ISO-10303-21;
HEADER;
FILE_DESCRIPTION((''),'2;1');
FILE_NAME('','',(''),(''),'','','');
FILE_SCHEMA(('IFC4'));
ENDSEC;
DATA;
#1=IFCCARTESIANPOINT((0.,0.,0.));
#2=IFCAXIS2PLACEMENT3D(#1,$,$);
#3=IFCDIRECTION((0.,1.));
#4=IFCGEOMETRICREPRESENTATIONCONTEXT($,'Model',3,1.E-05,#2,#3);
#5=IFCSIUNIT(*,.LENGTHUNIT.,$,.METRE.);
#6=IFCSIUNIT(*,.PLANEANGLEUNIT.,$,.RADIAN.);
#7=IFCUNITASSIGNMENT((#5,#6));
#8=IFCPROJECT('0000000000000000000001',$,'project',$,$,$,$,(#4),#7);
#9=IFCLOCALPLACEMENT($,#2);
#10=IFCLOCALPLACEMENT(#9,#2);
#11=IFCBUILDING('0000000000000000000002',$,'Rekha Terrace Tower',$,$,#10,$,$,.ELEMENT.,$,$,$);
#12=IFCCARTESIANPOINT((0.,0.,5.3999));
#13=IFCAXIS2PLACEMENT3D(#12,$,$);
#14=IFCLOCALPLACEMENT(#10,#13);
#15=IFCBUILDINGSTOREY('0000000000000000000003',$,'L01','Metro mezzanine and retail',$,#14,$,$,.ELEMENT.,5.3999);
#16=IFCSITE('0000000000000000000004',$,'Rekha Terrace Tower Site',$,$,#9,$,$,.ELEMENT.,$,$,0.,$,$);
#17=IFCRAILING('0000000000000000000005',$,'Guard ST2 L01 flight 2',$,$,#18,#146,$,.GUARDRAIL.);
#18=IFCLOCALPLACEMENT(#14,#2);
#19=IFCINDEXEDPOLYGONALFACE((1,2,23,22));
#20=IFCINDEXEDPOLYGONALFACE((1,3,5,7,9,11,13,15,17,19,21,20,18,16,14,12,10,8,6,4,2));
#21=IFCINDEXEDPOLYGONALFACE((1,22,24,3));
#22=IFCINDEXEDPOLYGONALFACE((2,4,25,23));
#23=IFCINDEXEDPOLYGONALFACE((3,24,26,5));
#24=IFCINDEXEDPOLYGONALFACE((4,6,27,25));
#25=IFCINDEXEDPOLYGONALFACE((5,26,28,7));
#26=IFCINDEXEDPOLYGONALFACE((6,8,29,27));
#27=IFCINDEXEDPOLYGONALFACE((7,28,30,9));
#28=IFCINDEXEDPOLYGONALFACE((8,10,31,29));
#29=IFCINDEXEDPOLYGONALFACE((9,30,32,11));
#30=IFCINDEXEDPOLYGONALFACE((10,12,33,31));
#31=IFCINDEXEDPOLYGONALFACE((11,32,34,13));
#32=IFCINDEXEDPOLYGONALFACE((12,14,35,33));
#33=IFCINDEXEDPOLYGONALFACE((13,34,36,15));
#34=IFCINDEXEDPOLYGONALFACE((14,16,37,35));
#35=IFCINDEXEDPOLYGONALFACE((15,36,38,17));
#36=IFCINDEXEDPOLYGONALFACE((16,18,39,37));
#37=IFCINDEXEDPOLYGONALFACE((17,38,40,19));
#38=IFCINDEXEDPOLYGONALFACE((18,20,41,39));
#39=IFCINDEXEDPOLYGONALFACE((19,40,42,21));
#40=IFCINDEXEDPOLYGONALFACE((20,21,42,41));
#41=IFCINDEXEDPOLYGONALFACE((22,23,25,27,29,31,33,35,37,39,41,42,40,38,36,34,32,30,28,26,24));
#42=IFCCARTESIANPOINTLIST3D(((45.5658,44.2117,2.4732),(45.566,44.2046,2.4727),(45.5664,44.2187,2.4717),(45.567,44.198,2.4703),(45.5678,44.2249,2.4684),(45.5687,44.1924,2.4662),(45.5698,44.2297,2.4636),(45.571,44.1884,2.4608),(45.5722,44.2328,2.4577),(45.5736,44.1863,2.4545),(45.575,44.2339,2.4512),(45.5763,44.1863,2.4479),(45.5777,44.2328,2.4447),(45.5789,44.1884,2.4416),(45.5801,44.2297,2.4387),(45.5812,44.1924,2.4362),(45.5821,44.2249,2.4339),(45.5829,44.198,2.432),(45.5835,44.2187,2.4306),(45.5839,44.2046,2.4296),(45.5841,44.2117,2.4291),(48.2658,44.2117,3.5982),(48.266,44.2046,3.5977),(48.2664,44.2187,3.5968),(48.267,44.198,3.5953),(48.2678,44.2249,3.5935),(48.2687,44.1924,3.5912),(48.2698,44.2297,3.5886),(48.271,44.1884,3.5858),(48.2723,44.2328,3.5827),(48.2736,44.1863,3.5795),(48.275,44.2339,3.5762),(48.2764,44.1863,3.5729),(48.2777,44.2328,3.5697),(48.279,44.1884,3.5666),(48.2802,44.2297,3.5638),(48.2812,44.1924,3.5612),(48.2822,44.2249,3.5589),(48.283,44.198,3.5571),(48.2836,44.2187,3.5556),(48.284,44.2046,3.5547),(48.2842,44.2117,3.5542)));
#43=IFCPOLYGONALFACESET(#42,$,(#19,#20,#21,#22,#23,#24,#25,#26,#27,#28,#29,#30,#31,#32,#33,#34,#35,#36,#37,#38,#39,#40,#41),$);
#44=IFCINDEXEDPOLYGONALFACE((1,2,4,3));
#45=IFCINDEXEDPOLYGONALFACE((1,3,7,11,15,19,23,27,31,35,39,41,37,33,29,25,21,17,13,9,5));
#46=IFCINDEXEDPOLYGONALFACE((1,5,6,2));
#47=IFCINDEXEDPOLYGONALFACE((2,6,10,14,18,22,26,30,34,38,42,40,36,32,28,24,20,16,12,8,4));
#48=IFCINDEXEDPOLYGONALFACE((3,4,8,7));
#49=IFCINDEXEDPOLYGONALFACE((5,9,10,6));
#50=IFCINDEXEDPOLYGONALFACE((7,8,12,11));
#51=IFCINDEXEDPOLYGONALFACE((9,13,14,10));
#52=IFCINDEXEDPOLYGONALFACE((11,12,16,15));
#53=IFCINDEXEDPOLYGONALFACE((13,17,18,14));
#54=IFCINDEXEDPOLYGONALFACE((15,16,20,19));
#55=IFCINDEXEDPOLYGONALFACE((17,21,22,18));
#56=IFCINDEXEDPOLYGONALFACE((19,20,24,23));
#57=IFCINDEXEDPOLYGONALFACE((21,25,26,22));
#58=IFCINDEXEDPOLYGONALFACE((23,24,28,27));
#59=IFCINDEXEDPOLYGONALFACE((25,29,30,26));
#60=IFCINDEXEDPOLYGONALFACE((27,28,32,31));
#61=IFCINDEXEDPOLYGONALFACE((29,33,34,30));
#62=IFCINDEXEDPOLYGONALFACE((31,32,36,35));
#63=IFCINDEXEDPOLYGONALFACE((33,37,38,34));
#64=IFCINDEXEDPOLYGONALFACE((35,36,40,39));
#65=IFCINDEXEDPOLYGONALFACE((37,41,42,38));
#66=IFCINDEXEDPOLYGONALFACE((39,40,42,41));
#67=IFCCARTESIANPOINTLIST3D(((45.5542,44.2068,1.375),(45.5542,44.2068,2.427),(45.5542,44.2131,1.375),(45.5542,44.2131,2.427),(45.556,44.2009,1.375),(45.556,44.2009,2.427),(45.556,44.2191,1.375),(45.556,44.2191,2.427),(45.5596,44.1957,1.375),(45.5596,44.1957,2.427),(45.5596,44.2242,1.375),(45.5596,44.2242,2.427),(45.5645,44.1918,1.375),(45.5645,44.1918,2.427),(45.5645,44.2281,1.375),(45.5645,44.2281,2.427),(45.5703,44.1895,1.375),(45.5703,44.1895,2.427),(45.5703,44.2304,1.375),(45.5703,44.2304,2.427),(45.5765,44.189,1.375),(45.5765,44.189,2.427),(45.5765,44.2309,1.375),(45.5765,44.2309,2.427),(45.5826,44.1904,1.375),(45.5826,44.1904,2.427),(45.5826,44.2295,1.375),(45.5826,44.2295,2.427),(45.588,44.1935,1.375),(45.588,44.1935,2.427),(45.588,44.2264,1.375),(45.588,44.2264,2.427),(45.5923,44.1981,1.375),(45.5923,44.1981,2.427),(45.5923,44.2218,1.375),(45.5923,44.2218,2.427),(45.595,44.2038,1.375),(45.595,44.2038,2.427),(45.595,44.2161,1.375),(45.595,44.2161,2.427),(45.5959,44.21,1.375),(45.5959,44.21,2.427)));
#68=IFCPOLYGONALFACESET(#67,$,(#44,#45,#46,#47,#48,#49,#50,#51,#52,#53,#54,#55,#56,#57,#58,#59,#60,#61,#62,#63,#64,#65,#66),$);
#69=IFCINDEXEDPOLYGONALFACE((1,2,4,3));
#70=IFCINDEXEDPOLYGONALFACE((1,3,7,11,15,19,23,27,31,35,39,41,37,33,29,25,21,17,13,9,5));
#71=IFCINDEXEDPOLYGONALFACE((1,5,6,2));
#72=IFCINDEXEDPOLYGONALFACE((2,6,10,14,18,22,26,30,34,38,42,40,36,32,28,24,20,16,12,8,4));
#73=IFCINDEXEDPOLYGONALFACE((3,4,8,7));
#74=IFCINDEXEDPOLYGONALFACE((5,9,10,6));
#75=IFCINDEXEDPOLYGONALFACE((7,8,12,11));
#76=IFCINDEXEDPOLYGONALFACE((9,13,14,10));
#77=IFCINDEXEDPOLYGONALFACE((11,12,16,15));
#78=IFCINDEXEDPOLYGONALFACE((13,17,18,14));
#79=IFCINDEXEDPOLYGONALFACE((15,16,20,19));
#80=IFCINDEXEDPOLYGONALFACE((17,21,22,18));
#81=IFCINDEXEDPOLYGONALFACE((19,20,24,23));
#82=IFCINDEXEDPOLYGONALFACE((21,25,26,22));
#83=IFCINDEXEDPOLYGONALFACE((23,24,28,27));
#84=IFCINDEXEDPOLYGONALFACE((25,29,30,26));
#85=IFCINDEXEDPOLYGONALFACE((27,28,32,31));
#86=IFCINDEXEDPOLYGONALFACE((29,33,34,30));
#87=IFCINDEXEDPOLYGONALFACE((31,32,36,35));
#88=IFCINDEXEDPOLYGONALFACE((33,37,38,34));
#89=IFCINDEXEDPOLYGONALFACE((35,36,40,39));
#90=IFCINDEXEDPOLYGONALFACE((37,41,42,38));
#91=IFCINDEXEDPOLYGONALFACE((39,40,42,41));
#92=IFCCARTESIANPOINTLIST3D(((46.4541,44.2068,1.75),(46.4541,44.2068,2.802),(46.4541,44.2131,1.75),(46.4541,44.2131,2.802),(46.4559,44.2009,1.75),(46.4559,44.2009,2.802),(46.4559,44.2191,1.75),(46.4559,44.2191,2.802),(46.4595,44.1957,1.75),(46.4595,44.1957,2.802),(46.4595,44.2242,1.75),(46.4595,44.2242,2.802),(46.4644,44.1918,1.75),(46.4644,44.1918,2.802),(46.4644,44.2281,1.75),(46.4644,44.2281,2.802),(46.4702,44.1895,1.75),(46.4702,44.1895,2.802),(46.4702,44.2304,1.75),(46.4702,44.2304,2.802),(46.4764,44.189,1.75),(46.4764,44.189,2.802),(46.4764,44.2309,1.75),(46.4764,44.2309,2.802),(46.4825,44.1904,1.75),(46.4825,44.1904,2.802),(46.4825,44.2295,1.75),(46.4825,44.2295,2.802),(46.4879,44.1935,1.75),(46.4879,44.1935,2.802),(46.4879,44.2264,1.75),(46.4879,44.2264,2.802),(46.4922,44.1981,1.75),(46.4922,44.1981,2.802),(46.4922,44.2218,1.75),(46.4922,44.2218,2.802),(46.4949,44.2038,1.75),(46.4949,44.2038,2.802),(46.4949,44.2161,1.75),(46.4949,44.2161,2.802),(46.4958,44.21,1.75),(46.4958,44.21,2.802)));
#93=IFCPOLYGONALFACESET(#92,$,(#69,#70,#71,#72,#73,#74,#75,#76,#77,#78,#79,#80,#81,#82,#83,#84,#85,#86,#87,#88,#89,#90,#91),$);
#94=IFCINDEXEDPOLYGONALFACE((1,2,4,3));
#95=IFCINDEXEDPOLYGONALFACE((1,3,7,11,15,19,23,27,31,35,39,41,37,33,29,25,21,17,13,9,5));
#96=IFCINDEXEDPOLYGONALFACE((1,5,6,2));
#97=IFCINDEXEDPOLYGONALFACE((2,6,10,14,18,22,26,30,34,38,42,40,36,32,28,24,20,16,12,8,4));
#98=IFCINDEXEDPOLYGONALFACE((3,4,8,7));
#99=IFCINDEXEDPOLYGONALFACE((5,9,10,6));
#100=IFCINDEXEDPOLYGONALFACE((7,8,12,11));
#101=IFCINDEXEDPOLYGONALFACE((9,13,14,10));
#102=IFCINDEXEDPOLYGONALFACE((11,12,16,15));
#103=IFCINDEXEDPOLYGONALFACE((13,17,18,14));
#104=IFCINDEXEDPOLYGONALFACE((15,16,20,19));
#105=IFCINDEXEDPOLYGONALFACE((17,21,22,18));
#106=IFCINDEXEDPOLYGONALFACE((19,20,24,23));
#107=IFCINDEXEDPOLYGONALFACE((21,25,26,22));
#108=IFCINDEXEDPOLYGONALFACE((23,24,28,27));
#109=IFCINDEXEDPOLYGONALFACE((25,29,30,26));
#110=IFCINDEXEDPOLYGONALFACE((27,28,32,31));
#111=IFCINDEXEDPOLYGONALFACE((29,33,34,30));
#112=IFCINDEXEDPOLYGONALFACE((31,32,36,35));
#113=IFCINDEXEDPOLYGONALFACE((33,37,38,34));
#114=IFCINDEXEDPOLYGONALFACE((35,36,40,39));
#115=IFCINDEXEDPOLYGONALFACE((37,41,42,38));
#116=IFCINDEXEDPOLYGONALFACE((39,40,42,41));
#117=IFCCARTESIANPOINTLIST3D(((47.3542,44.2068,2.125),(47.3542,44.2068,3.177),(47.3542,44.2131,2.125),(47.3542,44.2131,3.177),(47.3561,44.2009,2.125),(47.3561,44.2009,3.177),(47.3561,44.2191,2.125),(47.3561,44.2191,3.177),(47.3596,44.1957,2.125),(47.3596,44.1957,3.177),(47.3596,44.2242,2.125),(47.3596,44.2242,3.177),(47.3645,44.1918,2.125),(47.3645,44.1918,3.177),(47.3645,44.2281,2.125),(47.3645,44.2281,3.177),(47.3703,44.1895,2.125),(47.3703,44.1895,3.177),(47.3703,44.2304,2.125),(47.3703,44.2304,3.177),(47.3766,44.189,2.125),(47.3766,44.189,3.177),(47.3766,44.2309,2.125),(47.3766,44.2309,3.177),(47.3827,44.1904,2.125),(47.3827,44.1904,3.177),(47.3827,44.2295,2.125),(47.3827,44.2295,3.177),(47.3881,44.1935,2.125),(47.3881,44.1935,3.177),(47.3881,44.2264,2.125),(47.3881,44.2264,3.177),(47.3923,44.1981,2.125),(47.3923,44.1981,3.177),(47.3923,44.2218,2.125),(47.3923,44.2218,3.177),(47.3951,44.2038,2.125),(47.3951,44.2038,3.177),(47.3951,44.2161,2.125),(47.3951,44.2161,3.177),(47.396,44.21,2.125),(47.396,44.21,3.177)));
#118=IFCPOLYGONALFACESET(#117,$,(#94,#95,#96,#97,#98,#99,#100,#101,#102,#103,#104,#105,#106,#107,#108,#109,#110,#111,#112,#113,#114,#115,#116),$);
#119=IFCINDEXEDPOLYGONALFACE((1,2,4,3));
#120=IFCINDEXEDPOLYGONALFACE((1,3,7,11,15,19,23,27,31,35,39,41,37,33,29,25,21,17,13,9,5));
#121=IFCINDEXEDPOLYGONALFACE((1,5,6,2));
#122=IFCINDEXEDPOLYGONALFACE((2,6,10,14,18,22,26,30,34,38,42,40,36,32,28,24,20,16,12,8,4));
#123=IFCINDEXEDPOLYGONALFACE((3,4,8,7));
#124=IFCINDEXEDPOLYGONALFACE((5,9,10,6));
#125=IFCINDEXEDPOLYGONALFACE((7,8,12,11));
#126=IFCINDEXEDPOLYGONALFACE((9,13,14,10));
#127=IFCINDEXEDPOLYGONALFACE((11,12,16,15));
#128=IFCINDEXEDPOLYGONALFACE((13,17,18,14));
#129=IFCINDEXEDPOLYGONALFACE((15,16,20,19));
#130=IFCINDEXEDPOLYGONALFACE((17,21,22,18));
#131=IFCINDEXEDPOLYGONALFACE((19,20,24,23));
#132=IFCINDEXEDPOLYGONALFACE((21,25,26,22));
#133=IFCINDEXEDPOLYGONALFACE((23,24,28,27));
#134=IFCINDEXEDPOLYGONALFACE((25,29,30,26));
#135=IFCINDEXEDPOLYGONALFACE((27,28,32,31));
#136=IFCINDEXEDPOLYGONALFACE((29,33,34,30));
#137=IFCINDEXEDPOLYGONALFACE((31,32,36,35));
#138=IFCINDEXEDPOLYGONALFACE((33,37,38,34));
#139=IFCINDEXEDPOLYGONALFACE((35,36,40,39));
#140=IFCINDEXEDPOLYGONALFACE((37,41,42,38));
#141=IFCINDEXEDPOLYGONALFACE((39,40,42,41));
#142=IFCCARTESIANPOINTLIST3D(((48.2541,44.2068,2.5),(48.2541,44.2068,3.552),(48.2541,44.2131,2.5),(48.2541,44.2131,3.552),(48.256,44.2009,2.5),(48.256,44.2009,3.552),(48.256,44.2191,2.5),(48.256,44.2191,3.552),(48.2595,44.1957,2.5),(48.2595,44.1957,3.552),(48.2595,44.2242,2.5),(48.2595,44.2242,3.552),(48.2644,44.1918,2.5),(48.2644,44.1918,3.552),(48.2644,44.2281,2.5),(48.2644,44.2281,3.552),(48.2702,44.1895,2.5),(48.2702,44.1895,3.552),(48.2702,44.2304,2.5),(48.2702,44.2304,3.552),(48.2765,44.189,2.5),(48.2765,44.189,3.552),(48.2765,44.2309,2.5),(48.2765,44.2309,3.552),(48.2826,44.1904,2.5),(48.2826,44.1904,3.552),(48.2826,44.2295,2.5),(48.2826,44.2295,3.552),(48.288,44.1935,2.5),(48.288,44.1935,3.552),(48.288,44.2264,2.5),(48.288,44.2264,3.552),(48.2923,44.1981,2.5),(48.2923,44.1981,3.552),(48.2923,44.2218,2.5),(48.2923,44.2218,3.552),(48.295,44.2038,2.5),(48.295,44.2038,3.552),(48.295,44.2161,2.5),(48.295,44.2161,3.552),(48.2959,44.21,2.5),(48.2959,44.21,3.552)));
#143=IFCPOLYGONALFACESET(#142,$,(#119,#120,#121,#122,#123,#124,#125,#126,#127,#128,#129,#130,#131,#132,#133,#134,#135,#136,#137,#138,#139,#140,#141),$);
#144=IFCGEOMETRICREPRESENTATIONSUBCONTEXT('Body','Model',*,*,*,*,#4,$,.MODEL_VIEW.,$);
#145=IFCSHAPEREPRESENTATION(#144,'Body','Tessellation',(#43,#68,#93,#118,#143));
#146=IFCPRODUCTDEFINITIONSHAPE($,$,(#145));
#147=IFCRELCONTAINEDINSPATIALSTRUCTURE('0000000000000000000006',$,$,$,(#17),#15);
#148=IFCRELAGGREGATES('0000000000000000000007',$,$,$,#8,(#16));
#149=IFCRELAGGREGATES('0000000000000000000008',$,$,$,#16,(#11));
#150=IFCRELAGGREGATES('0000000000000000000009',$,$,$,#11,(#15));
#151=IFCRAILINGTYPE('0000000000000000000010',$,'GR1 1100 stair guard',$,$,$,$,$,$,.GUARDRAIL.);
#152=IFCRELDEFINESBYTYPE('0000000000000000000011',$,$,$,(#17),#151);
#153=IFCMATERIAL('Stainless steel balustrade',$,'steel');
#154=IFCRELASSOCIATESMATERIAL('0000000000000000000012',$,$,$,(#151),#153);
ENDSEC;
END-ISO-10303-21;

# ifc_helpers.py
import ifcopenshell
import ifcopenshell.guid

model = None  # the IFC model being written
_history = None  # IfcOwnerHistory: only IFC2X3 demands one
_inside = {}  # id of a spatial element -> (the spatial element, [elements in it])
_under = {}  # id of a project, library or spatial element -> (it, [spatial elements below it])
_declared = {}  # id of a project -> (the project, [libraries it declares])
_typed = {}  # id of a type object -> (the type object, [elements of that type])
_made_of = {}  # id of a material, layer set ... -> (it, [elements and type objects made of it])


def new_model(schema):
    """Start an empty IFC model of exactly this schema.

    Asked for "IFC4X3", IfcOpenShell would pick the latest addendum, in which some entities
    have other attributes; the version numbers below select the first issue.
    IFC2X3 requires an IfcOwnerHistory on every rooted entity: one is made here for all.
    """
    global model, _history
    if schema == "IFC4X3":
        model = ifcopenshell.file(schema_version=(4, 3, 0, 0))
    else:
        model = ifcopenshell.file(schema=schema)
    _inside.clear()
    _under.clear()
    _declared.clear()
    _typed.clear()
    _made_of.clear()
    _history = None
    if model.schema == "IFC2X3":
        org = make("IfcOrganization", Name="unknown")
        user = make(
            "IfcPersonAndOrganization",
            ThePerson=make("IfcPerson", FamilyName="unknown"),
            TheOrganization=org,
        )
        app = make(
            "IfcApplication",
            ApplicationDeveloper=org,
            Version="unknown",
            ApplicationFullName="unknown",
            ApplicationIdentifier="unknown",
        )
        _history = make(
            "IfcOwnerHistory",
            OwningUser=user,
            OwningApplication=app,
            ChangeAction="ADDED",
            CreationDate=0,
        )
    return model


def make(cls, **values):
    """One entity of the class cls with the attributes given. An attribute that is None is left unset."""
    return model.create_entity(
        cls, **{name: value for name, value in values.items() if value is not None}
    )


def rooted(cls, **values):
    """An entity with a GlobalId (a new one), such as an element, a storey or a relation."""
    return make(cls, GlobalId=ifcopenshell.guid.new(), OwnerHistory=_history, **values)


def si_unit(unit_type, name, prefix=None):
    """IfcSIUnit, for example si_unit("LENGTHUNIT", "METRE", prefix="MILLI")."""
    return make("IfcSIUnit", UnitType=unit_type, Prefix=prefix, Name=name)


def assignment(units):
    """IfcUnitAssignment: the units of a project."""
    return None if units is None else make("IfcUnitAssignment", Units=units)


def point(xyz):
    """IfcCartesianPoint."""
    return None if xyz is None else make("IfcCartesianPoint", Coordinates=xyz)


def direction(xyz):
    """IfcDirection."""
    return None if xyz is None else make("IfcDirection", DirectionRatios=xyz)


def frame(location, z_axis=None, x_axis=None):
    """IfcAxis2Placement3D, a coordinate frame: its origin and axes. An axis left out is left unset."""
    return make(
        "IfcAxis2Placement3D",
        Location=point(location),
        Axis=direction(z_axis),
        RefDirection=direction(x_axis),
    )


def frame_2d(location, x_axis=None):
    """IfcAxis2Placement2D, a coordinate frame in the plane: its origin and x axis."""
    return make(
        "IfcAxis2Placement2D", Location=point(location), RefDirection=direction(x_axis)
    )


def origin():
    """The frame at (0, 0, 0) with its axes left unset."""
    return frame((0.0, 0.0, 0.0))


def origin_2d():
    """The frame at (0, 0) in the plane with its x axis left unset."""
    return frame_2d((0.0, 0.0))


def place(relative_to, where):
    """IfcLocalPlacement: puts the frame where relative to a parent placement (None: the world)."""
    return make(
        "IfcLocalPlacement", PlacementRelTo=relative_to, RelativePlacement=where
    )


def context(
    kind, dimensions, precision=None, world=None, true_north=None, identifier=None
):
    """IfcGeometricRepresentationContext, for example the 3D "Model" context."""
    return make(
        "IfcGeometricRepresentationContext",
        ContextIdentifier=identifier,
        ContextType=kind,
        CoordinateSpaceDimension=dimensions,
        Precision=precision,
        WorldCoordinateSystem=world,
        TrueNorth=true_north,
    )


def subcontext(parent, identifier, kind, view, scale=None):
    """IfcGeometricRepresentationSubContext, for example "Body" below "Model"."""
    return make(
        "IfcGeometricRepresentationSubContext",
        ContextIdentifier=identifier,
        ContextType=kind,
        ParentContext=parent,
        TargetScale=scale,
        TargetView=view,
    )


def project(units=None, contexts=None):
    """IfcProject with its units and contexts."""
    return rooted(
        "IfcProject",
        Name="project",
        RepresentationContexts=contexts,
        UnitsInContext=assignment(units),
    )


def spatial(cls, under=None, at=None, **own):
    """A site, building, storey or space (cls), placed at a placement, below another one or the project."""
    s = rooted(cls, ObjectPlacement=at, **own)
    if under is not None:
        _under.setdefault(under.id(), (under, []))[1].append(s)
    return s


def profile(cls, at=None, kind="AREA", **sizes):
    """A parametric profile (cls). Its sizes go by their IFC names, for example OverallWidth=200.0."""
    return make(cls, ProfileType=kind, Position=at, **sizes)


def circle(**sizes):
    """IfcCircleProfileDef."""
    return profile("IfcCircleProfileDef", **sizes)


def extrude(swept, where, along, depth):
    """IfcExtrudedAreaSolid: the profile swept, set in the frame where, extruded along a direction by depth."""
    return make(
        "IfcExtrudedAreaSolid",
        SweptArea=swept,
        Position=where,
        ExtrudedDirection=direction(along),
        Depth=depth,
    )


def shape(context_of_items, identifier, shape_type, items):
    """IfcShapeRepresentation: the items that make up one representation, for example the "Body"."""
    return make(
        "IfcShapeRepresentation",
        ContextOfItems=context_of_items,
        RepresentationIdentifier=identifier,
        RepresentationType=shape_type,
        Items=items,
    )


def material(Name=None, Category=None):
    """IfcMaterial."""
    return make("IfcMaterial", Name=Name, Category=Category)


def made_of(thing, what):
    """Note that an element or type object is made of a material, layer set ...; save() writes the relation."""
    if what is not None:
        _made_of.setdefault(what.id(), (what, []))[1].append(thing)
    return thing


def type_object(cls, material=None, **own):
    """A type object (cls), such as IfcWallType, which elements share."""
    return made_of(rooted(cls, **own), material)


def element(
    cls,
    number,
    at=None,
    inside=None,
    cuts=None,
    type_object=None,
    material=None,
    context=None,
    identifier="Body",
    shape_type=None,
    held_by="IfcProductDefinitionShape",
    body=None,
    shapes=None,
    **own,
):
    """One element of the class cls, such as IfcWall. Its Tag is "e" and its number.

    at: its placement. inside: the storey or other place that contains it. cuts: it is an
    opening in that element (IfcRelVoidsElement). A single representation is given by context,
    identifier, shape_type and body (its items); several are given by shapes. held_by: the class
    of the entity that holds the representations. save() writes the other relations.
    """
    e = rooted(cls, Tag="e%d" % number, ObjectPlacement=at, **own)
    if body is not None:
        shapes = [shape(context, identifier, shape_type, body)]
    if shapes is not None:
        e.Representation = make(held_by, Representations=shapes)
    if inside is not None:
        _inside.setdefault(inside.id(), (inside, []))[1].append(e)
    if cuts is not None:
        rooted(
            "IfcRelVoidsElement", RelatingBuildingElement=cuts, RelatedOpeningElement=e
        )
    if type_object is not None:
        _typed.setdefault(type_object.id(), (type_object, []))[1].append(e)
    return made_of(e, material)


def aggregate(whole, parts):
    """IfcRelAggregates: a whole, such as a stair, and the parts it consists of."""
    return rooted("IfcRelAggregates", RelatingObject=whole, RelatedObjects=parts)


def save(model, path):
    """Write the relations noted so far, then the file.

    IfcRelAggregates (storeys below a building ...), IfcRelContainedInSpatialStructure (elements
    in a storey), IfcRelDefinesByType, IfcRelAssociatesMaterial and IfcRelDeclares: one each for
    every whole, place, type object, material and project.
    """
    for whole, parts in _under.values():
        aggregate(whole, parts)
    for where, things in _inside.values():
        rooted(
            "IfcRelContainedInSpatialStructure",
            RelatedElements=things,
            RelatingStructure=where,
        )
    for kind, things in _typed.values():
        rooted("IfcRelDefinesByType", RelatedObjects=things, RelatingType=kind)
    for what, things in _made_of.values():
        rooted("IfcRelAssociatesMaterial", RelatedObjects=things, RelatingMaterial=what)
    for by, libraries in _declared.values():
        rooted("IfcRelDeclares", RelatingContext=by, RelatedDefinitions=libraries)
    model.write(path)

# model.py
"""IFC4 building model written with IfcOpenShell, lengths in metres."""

from ifc_helpers import new_model, si_unit, direction, frame, origin, origin_2d, place, context, subcontext, project, spatial, circle, extrude, material, type_object, element, save


model = new_model("IFC4")

# Units and contexts
model_context = context("Model", 3, precision=1e-05, world=origin(), true_north=direction((0.0, 1.0)))
body_context = subcontext(model_context, "Body", "Model", "MODEL_VIEW")
ifc_project = project(units=[si_unit("LENGTHUNIT", "METRE"), si_unit("PLANEANGLEUNIT", "RADIAN")], contexts=[model_context])

# Site, building, storey
site_placement = place(None, origin())
site = spatial("IfcSite", under=ifc_project, at=site_placement, Name="Rekha Terrace Tower Site", CompositionType="ELEMENT", RefElevation=0.0)
building_placement = place(site_placement, origin())
building = spatial("IfcBuilding", under=site, at=building_placement, Name="Rekha Terrace Tower", CompositionType="ELEMENT")
storey_placement = place(building_placement, frame((0.0, 0.0, 5.3999)))
storey = spatial("IfcBuildingStorey", under=building, at=storey_placement, Name="L01", Description="Metro mezzanine and retail", CompositionType="ELEMENT", Elevation=5.3999)

# Railing
ifc_material_1 = material(Name="Stainless steel balustrade", Category="steel")
railing_type_1 = type_object("IfcRailingType", Name="GR1 1100 stair guard", PredefinedType="GUARDRAIL", material=ifc_material_1)
railing_1_placement = place(storey_placement, frame((45.575, 44.21, 1.375)))
element("IfcRailing", 1, at=railing_1_placement, inside=storey, type_object=railing_type_1, Name="Guard ST2 L01 flight 2", PredefinedType="GUARDRAIL", context=body_context, shape_type="SweptSolid", body=[
    extrude(circle(Radius=0.0239, at=origin_2d()), frame((0.0, 0.0, 1.0762), z_axis=(0.923074, 0.0, 0.384621), x_axis=(0.0, 1.0, 0.0)), (0.0, 0.0, 1.0), 2.925),
    extrude(circle(Radius=0.021, at=origin_2d()), origin(), (0.0, 0.0, 1.0), 1.052),
    extrude(circle(Radius=0.021, at=origin_2d()), frame((0.8999, 0.0, 0.375)), (0.0, 0.0, 1.0), 1.052),
    extrude(circle(Radius=0.021, at=origin_2d()), frame((1.8, 0.0, 0.75)), (0.0, 0.0, 1.0), 1.052),
    extrude(circle(Radius=0.021, at=origin_2d()), frame((2.7, 0.0, 1.125)), (0.0, 0.0, 1.0), 1.052),
])

save(model, "model.ifc")
